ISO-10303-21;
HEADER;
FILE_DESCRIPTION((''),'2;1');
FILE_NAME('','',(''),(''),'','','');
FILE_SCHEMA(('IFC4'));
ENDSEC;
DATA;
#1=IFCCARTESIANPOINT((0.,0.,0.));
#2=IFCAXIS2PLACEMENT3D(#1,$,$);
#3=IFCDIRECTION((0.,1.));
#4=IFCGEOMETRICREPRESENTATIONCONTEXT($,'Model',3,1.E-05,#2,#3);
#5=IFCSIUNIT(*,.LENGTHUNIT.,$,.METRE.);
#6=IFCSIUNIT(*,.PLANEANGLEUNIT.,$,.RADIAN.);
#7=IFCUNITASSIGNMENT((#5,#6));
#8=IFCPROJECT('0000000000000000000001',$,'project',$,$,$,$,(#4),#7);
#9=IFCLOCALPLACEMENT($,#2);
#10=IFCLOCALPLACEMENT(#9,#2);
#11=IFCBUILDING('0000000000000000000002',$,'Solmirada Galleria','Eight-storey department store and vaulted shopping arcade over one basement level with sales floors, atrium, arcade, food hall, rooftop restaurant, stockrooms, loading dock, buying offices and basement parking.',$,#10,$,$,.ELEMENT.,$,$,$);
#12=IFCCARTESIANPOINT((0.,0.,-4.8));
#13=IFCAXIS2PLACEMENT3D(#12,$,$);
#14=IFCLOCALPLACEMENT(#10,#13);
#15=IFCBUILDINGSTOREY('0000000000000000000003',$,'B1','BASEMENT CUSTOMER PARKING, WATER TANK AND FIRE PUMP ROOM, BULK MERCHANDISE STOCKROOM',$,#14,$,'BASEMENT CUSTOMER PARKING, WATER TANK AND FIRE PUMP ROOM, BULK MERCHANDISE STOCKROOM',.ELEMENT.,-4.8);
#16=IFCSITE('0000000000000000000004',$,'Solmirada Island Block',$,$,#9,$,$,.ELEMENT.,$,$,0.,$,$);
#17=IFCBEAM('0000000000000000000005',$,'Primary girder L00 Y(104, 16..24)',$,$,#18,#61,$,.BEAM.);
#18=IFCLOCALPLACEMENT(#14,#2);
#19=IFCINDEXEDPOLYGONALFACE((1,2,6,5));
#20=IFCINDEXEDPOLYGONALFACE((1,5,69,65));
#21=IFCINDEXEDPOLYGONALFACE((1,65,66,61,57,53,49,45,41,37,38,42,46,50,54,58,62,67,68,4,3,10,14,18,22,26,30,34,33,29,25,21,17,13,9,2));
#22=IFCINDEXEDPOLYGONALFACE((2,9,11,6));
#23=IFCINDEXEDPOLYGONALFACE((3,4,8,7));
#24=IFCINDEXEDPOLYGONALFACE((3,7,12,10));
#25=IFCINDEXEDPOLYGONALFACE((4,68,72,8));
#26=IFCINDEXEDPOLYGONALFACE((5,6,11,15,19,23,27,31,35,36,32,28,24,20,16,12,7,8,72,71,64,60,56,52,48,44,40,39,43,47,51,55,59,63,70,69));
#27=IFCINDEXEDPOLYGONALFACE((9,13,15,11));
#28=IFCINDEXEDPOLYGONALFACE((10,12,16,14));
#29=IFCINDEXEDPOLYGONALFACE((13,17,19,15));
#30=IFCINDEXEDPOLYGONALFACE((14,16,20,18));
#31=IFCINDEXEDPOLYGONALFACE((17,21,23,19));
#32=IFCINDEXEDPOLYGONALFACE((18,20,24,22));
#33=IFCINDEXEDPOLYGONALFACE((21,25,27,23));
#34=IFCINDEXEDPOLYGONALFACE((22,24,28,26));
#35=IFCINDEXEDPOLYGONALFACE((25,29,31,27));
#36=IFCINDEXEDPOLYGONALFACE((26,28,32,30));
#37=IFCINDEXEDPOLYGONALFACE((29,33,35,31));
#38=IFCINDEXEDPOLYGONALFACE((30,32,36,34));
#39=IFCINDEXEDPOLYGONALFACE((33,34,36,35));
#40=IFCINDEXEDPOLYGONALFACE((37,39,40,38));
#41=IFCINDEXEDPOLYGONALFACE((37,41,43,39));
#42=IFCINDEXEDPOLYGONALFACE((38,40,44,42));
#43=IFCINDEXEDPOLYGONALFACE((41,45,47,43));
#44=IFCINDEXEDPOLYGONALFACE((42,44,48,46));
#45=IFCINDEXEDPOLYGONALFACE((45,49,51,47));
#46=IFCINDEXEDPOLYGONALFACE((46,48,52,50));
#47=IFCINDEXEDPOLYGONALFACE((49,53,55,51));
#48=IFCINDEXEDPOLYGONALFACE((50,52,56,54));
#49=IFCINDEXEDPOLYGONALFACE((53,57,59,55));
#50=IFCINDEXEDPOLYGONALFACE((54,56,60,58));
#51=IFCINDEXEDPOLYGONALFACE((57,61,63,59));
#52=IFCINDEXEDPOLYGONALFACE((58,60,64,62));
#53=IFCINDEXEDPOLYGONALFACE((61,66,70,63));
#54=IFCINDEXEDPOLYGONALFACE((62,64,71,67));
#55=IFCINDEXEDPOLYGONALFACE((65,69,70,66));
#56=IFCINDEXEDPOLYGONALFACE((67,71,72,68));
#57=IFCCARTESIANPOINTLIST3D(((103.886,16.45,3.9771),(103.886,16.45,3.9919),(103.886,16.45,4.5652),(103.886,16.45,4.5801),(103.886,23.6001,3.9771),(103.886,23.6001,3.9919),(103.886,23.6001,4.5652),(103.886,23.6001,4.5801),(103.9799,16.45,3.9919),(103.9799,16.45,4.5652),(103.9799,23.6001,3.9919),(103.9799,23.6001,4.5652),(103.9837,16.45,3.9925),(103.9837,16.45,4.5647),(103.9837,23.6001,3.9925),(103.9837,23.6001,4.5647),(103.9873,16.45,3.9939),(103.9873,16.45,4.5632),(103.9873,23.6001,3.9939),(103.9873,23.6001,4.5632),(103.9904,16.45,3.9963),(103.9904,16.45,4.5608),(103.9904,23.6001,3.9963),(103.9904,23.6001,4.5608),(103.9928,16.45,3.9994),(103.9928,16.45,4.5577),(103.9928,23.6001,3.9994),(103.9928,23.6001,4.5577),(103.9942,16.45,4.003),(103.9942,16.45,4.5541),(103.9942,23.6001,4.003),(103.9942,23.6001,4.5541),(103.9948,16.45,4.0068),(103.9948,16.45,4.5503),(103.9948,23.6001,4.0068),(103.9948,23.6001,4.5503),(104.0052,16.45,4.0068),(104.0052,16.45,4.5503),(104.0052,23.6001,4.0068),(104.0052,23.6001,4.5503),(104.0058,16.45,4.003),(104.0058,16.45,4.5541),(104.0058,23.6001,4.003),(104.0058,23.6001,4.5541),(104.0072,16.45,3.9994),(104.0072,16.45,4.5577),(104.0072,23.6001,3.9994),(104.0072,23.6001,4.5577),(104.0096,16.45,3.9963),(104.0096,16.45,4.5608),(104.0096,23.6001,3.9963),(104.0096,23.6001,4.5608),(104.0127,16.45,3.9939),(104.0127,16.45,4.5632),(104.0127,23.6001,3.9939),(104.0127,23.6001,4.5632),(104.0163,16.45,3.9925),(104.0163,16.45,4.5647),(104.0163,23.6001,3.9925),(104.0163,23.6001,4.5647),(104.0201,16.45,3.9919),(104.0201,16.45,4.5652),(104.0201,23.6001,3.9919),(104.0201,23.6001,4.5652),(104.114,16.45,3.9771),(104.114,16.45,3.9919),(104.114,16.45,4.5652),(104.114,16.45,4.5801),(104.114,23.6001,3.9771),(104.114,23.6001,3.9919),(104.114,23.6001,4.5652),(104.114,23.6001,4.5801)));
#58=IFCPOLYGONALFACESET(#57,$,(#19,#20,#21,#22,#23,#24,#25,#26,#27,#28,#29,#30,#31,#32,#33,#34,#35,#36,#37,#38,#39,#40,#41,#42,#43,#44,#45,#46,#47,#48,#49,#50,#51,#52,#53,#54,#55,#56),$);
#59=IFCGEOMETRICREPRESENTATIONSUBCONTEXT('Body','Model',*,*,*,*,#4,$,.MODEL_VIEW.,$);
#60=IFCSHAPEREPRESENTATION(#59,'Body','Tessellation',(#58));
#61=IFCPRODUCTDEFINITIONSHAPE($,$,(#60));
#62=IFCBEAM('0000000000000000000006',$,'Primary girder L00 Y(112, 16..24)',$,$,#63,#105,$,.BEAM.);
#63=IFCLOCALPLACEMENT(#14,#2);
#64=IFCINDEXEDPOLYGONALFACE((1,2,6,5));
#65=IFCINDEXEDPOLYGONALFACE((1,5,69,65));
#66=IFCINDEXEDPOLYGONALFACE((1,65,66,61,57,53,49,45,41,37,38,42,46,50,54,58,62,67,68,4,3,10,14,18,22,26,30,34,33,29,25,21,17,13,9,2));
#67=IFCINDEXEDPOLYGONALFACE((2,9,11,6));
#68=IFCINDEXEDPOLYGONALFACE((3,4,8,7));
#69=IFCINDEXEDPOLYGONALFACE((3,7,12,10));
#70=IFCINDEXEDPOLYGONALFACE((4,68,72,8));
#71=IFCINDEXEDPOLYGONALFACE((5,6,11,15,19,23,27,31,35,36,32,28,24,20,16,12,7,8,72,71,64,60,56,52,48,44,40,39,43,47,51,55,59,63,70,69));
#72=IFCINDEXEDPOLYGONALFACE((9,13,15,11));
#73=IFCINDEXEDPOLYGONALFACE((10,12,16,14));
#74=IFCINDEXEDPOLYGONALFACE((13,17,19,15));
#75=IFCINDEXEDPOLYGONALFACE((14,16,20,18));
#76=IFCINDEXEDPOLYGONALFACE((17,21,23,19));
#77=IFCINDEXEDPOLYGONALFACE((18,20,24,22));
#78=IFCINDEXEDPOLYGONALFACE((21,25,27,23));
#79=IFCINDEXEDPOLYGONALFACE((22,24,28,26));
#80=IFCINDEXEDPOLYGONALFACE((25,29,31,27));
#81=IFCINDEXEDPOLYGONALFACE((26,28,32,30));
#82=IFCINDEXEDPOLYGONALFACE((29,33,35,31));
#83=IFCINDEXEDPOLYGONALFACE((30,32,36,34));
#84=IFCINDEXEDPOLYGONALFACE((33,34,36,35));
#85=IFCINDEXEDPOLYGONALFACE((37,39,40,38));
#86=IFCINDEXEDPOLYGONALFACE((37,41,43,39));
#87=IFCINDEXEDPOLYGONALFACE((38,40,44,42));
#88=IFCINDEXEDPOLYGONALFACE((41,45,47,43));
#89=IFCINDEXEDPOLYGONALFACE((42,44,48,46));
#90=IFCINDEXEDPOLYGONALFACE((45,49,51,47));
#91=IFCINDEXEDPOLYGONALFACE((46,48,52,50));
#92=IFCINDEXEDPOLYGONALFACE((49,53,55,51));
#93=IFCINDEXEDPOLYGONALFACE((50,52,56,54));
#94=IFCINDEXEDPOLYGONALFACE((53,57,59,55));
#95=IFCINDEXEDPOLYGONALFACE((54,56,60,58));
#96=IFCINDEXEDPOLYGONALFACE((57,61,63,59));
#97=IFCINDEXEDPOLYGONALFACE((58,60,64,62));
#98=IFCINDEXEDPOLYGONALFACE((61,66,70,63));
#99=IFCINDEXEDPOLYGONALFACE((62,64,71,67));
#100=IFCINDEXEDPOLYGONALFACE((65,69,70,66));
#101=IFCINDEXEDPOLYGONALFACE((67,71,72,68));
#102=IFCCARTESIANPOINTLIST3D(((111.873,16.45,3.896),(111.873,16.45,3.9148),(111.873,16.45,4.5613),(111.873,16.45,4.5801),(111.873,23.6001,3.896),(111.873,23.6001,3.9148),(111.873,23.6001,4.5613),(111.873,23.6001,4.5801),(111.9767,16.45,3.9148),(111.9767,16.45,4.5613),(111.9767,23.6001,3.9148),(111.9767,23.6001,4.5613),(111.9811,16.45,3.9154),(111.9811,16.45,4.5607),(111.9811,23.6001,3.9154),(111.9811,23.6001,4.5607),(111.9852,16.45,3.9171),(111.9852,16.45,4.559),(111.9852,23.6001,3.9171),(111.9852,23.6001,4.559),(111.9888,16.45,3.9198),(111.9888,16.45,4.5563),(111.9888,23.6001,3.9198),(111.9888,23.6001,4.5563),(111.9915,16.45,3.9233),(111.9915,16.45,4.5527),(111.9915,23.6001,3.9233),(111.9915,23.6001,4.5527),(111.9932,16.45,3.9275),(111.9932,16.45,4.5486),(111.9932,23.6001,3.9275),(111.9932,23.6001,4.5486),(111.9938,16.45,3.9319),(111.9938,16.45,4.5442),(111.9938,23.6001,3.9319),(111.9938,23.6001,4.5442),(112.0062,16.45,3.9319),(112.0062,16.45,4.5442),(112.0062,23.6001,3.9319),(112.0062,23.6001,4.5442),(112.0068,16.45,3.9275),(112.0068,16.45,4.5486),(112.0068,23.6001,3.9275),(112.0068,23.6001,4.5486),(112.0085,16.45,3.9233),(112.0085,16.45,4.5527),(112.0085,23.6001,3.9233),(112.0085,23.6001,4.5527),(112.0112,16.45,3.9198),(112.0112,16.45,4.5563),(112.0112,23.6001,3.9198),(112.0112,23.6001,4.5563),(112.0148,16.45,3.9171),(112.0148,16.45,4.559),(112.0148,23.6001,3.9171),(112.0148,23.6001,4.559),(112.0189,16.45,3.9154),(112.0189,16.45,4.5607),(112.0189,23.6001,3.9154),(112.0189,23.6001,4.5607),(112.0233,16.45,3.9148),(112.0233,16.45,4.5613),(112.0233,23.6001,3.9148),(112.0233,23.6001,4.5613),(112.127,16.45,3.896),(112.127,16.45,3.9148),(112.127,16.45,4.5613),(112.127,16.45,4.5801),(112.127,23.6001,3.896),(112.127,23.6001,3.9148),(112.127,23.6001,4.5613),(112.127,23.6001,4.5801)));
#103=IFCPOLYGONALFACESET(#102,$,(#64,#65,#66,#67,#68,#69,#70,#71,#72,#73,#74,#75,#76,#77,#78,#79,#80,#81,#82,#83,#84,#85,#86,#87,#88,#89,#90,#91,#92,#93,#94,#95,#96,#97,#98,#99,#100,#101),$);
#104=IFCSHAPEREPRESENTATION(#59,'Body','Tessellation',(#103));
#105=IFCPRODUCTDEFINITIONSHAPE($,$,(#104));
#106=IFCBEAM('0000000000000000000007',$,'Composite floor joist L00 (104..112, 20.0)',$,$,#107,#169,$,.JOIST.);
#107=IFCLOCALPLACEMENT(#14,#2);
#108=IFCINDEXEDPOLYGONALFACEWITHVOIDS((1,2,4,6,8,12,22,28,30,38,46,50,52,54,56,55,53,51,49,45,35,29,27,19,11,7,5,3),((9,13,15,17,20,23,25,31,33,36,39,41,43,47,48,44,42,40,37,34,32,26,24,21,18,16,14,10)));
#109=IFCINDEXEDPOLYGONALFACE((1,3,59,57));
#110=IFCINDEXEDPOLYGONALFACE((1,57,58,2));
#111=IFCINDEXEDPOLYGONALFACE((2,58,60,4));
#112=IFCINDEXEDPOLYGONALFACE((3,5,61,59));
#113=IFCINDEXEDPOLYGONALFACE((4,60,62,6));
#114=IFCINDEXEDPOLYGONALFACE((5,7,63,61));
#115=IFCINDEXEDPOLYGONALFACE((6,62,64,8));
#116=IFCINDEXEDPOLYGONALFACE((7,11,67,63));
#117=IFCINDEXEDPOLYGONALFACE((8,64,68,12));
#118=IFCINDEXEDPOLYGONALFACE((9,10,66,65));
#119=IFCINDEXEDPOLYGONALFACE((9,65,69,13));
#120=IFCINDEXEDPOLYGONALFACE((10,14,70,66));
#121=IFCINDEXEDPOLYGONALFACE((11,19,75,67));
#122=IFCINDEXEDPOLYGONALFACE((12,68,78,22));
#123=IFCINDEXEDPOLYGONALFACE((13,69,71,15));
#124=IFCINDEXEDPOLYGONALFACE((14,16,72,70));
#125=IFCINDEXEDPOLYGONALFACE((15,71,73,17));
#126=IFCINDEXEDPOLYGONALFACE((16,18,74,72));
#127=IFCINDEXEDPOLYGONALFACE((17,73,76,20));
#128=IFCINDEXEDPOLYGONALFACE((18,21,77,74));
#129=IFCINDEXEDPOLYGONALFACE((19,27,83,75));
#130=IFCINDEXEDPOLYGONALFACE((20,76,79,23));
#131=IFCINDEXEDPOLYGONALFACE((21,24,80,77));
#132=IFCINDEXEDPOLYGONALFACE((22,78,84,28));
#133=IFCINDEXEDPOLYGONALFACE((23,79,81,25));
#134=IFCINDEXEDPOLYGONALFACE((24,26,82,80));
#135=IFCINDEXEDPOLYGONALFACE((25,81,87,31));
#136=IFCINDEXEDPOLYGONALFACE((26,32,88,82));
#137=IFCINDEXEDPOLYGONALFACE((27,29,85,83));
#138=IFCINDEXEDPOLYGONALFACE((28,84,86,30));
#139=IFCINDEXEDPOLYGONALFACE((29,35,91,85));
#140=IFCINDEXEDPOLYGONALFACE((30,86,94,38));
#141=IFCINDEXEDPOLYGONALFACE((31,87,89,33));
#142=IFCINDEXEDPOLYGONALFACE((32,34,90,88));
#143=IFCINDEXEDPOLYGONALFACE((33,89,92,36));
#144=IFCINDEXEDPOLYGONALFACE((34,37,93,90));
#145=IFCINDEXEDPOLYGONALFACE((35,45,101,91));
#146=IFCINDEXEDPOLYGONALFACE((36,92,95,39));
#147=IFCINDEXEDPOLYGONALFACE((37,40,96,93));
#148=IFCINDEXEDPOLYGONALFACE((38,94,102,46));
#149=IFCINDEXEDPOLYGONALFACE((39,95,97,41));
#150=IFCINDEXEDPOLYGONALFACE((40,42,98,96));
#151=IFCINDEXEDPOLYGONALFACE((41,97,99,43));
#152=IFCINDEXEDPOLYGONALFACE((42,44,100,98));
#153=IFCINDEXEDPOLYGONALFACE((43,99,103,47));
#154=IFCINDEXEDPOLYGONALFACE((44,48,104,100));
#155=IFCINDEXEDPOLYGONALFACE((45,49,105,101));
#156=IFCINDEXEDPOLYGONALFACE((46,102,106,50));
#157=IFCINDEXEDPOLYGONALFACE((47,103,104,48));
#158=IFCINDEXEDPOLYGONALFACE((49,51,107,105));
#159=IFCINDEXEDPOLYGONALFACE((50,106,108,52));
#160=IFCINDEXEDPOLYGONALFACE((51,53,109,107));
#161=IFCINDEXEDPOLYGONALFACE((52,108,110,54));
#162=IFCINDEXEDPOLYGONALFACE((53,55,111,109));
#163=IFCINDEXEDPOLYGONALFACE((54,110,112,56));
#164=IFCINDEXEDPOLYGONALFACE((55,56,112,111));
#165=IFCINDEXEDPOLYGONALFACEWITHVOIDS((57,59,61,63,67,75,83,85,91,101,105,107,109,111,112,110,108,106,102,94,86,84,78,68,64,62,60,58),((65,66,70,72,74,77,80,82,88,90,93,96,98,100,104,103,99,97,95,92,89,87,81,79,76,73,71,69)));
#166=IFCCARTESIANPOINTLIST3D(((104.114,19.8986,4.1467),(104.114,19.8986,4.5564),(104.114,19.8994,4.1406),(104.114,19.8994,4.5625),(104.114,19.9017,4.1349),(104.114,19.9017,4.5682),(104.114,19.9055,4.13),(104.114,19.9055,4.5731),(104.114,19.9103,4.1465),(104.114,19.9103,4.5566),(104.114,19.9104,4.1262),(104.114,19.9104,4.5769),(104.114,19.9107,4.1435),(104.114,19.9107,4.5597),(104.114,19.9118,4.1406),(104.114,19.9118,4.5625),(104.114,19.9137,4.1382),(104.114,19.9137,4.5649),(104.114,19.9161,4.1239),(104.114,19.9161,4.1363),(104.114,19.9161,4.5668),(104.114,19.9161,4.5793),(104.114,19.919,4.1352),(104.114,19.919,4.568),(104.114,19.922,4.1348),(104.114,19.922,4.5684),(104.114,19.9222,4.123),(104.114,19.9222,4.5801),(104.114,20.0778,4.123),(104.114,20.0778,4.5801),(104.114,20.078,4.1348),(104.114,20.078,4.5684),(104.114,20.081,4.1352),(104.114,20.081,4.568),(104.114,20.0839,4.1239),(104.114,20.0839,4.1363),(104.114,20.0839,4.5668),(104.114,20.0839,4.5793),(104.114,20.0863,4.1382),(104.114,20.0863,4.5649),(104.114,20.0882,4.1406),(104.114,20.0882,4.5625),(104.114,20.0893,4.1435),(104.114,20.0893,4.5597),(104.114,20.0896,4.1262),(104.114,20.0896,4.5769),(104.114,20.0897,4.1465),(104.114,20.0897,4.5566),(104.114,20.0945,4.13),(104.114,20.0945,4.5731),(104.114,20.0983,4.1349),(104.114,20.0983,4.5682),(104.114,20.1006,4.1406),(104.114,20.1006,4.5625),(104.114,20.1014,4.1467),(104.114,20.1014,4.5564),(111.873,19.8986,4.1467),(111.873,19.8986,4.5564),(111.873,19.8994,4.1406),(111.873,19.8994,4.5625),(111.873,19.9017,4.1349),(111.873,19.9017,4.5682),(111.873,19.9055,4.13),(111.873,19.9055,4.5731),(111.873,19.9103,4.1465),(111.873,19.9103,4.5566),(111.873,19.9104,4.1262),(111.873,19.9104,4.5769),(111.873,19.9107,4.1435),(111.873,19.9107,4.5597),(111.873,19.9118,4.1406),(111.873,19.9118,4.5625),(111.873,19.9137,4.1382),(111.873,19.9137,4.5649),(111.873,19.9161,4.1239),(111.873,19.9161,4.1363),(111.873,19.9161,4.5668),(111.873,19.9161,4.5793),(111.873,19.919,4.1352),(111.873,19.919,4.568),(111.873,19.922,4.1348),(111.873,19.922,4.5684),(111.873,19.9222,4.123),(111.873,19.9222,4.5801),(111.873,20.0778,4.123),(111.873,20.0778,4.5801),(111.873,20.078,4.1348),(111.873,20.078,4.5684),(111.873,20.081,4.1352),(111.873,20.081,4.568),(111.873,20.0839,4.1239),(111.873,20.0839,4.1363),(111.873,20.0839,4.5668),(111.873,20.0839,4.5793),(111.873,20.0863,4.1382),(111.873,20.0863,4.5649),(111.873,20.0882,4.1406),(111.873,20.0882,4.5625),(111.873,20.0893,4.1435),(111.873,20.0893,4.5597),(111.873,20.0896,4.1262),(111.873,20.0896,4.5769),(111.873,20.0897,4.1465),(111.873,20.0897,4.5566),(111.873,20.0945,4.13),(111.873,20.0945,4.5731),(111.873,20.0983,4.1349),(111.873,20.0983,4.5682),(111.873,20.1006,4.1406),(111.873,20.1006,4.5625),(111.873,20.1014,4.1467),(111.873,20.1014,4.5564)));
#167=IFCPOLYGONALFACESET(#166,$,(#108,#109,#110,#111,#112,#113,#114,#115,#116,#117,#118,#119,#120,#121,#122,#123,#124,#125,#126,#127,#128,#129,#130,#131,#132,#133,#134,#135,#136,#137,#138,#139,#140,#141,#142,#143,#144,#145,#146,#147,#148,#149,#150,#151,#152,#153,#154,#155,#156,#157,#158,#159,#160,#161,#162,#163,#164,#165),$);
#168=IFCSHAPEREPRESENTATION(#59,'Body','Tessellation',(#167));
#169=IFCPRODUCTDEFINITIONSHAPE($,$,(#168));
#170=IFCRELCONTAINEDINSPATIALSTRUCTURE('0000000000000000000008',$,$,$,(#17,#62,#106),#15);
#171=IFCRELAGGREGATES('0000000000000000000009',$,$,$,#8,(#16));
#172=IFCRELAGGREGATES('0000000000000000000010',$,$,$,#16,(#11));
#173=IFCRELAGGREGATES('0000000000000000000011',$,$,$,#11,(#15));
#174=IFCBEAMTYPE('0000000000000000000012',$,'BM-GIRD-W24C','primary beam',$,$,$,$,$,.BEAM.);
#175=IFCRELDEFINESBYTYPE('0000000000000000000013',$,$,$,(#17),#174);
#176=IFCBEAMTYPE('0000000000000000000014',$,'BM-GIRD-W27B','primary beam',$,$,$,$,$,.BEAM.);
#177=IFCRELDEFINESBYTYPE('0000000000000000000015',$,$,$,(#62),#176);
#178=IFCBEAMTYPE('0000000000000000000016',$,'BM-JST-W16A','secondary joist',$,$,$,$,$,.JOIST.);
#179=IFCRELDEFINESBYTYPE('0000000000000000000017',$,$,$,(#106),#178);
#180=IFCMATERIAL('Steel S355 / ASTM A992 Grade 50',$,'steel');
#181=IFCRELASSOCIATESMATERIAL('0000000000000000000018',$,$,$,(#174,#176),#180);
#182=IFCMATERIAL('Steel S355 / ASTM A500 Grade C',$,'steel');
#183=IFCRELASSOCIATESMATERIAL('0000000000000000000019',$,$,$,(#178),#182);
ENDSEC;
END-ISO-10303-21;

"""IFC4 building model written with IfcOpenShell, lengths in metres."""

from ifc_helpers import new_model, si_unit, direction, frame, origin, origin_2d, place, context, subcontext, project, spatial, hollow_rectangle, i_section, extrude, material, material_profile, profile_set, type_object, element, save


model = new_model("IFC4")

# Units and contexts
model_context = context("Model", 3, precision=1e-05, world=origin(), true_north=direction((0.0, 1.0)))
body_context = subcontext(model_context, "Body", "Model", "MODEL_VIEW")
ifc_project = project(units=[si_unit("LENGTHUNIT", "METRE"), si_unit("PLANEANGLEUNIT", "RADIAN")], contexts=[model_context])

# Site, building, storey
site_placement = place(None, origin())
site = spatial("IfcSite", under=ifc_project, at=site_placement, Name="Solmirada Island Block", CompositionType="ELEMENT", RefElevation=0.0)
building_placement = place(site_placement, origin())
building = spatial("IfcBuilding", under=site, at=building_placement, Name="Solmirada Galleria", Description="Eight-storey department store and vaulted shopping arcade over one basement level with sales floors, atrium, arcade, food hall, rooftop restaurant, stockrooms, loading dock, buying offices and basement parking.", CompositionType="ELEMENT")
storey_placement = place(building_placement, frame((0.0, 0.0, -4.8)))
storey = spatial("IfcBuildingStorey", under=building, at=storey_placement, Name="B1", Description="BASEMENT CUSTOMER PARKING, WATER TANK AND FIRE PUMP ROOM, BULK MERCHANDISE STOCKROOM", LongName="BASEMENT CUSTOMER PARKING, WATER TANK AND FIRE PUMP ROOM, BULK MERCHANDISE STOCKROOM", CompositionType="ELEMENT", Elevation=-4.8)

# Beams
ifc_material_1 = material(Name="Steel S355 / ASTM A992 Grade 50", Category="steel")
ifc_material_profile_1 = material_profile(ifc_material_1, i_section(OverallWidth=0.228, OverallDepth=0.603, WebThickness=0.0105, FlangeThickness=0.0149, FilletRadius=0.0149, at=origin_2d()), Name="W24X68")
ifc_profile_set_1 = profile_set([ifc_material_profile_1], Name="Steel S355 / ASTM A992 Grade 50")
beam_type_1 = type_object("IfcBeamType", Name="BM-GIRD-W24C", Description="primary beam", PredefinedType="BEAM", material=ifc_profile_set_1)
beam_1_placement = place(storey_placement, frame((104.0, 16.45, 4.2786), z_axis=(0.0, 1.0, 0.0), x_axis=(-1.0, 0.0, 0.0)))
element("IfcBeam", 1, at=beam_1_placement, inside=storey, type_object=beam_type_1, Name="Primary girder L00 Y(104, 16..24)", PredefinedType="BEAM", context=body_context, shape_type="SweptSolid", body=[
    extrude(i_section(OverallWidth=0.228, OverallDepth=0.603, WebThickness=0.0105, FlangeThickness=0.0149, FilletRadius=0.0149, at=origin_2d()), origin(), (0.0, 0.0, 1.0), 7.1501),
])
ifc_material_profile_2 = material_profile(ifc_material_1, i_section(OverallWidth=0.2539, OverallDepth=0.6841, WebThickness=0.0125, FlangeThickness=0.0188, FilletRadius=0.0171, at=origin_2d()), Name="W27X94")
ifc_profile_set_2 = profile_set([ifc_material_profile_2], Name="Steel S355 / ASTM A992 Grade 50")
beam_type_2 = type_object("IfcBeamType", Name="BM-GIRD-W27B", Description="primary beam", PredefinedType="BEAM", material=ifc_profile_set_2)
beam_2_placement = place(storey_placement, frame((112.0, 16.45, 4.238), z_axis=(0.0, 1.0, 0.0), x_axis=(-1.0, 0.0, 0.0)))
element("IfcBeam", 2, at=beam_2_placement, inside=storey, type_object=beam_type_2, Name="Primary girder L00 Y(112, 16..24)", PredefinedType="BEAM", context=body_context, shape_type="SweptSolid", body=[
    extrude(i_section(OverallWidth=0.2539, OverallDepth=0.6841, WebThickness=0.0125, FlangeThickness=0.0188, FilletRadius=0.0171, at=origin_2d()), origin(), (0.0, 0.0, 1.0), 7.1501),
])
ifc_material_2 = material(Name="Steel S355 / ASTM A500 Grade C", Category="steel")
ifc_material_profile_3 = material_profile(ifc_material_2, hollow_rectangle(XDim=0.2029, YDim=0.457, WallThickness=0.0117, InnerFilletRadius=0.0117, OuterFilletRadius=0.0237, at=origin_2d()), Name="HSS18X8X1/2")
ifc_profile_set_3 = profile_set([ifc_material_profile_3], Name="Steel S355 / ASTM A500 Grade C")
beam_type_3 = type_object("IfcBeamType", Name="BM-JST-W16A", Description="secondary joist", PredefinedType="JOIST", material=ifc_profile_set_3)
beam_3_placement = place(storey_placement, frame((104.114, 20.0, 4.3516), z_axis=(1.0, 0.0, 0.0), x_axis=(0.0, 1.0, 0.0)))
element("IfcBeam", 3, at=beam_3_placement, inside=storey, type_object=beam_type_3, Name="Composite floor joist L00 (104..112, 20.0)", PredefinedType="JOIST", context=body_context, shape_type="SweptSolid", body=[
    extrude(hollow_rectangle(XDim=0.2029, YDim=0.457, WallThickness=0.0117, InnerFilletRadius=0.0117, OuterFilletRadius=0.0237, at=origin_2d()), origin(), (0.0, 0.0, 1.0), 7.759),
])

save(model, "model.ifc")
